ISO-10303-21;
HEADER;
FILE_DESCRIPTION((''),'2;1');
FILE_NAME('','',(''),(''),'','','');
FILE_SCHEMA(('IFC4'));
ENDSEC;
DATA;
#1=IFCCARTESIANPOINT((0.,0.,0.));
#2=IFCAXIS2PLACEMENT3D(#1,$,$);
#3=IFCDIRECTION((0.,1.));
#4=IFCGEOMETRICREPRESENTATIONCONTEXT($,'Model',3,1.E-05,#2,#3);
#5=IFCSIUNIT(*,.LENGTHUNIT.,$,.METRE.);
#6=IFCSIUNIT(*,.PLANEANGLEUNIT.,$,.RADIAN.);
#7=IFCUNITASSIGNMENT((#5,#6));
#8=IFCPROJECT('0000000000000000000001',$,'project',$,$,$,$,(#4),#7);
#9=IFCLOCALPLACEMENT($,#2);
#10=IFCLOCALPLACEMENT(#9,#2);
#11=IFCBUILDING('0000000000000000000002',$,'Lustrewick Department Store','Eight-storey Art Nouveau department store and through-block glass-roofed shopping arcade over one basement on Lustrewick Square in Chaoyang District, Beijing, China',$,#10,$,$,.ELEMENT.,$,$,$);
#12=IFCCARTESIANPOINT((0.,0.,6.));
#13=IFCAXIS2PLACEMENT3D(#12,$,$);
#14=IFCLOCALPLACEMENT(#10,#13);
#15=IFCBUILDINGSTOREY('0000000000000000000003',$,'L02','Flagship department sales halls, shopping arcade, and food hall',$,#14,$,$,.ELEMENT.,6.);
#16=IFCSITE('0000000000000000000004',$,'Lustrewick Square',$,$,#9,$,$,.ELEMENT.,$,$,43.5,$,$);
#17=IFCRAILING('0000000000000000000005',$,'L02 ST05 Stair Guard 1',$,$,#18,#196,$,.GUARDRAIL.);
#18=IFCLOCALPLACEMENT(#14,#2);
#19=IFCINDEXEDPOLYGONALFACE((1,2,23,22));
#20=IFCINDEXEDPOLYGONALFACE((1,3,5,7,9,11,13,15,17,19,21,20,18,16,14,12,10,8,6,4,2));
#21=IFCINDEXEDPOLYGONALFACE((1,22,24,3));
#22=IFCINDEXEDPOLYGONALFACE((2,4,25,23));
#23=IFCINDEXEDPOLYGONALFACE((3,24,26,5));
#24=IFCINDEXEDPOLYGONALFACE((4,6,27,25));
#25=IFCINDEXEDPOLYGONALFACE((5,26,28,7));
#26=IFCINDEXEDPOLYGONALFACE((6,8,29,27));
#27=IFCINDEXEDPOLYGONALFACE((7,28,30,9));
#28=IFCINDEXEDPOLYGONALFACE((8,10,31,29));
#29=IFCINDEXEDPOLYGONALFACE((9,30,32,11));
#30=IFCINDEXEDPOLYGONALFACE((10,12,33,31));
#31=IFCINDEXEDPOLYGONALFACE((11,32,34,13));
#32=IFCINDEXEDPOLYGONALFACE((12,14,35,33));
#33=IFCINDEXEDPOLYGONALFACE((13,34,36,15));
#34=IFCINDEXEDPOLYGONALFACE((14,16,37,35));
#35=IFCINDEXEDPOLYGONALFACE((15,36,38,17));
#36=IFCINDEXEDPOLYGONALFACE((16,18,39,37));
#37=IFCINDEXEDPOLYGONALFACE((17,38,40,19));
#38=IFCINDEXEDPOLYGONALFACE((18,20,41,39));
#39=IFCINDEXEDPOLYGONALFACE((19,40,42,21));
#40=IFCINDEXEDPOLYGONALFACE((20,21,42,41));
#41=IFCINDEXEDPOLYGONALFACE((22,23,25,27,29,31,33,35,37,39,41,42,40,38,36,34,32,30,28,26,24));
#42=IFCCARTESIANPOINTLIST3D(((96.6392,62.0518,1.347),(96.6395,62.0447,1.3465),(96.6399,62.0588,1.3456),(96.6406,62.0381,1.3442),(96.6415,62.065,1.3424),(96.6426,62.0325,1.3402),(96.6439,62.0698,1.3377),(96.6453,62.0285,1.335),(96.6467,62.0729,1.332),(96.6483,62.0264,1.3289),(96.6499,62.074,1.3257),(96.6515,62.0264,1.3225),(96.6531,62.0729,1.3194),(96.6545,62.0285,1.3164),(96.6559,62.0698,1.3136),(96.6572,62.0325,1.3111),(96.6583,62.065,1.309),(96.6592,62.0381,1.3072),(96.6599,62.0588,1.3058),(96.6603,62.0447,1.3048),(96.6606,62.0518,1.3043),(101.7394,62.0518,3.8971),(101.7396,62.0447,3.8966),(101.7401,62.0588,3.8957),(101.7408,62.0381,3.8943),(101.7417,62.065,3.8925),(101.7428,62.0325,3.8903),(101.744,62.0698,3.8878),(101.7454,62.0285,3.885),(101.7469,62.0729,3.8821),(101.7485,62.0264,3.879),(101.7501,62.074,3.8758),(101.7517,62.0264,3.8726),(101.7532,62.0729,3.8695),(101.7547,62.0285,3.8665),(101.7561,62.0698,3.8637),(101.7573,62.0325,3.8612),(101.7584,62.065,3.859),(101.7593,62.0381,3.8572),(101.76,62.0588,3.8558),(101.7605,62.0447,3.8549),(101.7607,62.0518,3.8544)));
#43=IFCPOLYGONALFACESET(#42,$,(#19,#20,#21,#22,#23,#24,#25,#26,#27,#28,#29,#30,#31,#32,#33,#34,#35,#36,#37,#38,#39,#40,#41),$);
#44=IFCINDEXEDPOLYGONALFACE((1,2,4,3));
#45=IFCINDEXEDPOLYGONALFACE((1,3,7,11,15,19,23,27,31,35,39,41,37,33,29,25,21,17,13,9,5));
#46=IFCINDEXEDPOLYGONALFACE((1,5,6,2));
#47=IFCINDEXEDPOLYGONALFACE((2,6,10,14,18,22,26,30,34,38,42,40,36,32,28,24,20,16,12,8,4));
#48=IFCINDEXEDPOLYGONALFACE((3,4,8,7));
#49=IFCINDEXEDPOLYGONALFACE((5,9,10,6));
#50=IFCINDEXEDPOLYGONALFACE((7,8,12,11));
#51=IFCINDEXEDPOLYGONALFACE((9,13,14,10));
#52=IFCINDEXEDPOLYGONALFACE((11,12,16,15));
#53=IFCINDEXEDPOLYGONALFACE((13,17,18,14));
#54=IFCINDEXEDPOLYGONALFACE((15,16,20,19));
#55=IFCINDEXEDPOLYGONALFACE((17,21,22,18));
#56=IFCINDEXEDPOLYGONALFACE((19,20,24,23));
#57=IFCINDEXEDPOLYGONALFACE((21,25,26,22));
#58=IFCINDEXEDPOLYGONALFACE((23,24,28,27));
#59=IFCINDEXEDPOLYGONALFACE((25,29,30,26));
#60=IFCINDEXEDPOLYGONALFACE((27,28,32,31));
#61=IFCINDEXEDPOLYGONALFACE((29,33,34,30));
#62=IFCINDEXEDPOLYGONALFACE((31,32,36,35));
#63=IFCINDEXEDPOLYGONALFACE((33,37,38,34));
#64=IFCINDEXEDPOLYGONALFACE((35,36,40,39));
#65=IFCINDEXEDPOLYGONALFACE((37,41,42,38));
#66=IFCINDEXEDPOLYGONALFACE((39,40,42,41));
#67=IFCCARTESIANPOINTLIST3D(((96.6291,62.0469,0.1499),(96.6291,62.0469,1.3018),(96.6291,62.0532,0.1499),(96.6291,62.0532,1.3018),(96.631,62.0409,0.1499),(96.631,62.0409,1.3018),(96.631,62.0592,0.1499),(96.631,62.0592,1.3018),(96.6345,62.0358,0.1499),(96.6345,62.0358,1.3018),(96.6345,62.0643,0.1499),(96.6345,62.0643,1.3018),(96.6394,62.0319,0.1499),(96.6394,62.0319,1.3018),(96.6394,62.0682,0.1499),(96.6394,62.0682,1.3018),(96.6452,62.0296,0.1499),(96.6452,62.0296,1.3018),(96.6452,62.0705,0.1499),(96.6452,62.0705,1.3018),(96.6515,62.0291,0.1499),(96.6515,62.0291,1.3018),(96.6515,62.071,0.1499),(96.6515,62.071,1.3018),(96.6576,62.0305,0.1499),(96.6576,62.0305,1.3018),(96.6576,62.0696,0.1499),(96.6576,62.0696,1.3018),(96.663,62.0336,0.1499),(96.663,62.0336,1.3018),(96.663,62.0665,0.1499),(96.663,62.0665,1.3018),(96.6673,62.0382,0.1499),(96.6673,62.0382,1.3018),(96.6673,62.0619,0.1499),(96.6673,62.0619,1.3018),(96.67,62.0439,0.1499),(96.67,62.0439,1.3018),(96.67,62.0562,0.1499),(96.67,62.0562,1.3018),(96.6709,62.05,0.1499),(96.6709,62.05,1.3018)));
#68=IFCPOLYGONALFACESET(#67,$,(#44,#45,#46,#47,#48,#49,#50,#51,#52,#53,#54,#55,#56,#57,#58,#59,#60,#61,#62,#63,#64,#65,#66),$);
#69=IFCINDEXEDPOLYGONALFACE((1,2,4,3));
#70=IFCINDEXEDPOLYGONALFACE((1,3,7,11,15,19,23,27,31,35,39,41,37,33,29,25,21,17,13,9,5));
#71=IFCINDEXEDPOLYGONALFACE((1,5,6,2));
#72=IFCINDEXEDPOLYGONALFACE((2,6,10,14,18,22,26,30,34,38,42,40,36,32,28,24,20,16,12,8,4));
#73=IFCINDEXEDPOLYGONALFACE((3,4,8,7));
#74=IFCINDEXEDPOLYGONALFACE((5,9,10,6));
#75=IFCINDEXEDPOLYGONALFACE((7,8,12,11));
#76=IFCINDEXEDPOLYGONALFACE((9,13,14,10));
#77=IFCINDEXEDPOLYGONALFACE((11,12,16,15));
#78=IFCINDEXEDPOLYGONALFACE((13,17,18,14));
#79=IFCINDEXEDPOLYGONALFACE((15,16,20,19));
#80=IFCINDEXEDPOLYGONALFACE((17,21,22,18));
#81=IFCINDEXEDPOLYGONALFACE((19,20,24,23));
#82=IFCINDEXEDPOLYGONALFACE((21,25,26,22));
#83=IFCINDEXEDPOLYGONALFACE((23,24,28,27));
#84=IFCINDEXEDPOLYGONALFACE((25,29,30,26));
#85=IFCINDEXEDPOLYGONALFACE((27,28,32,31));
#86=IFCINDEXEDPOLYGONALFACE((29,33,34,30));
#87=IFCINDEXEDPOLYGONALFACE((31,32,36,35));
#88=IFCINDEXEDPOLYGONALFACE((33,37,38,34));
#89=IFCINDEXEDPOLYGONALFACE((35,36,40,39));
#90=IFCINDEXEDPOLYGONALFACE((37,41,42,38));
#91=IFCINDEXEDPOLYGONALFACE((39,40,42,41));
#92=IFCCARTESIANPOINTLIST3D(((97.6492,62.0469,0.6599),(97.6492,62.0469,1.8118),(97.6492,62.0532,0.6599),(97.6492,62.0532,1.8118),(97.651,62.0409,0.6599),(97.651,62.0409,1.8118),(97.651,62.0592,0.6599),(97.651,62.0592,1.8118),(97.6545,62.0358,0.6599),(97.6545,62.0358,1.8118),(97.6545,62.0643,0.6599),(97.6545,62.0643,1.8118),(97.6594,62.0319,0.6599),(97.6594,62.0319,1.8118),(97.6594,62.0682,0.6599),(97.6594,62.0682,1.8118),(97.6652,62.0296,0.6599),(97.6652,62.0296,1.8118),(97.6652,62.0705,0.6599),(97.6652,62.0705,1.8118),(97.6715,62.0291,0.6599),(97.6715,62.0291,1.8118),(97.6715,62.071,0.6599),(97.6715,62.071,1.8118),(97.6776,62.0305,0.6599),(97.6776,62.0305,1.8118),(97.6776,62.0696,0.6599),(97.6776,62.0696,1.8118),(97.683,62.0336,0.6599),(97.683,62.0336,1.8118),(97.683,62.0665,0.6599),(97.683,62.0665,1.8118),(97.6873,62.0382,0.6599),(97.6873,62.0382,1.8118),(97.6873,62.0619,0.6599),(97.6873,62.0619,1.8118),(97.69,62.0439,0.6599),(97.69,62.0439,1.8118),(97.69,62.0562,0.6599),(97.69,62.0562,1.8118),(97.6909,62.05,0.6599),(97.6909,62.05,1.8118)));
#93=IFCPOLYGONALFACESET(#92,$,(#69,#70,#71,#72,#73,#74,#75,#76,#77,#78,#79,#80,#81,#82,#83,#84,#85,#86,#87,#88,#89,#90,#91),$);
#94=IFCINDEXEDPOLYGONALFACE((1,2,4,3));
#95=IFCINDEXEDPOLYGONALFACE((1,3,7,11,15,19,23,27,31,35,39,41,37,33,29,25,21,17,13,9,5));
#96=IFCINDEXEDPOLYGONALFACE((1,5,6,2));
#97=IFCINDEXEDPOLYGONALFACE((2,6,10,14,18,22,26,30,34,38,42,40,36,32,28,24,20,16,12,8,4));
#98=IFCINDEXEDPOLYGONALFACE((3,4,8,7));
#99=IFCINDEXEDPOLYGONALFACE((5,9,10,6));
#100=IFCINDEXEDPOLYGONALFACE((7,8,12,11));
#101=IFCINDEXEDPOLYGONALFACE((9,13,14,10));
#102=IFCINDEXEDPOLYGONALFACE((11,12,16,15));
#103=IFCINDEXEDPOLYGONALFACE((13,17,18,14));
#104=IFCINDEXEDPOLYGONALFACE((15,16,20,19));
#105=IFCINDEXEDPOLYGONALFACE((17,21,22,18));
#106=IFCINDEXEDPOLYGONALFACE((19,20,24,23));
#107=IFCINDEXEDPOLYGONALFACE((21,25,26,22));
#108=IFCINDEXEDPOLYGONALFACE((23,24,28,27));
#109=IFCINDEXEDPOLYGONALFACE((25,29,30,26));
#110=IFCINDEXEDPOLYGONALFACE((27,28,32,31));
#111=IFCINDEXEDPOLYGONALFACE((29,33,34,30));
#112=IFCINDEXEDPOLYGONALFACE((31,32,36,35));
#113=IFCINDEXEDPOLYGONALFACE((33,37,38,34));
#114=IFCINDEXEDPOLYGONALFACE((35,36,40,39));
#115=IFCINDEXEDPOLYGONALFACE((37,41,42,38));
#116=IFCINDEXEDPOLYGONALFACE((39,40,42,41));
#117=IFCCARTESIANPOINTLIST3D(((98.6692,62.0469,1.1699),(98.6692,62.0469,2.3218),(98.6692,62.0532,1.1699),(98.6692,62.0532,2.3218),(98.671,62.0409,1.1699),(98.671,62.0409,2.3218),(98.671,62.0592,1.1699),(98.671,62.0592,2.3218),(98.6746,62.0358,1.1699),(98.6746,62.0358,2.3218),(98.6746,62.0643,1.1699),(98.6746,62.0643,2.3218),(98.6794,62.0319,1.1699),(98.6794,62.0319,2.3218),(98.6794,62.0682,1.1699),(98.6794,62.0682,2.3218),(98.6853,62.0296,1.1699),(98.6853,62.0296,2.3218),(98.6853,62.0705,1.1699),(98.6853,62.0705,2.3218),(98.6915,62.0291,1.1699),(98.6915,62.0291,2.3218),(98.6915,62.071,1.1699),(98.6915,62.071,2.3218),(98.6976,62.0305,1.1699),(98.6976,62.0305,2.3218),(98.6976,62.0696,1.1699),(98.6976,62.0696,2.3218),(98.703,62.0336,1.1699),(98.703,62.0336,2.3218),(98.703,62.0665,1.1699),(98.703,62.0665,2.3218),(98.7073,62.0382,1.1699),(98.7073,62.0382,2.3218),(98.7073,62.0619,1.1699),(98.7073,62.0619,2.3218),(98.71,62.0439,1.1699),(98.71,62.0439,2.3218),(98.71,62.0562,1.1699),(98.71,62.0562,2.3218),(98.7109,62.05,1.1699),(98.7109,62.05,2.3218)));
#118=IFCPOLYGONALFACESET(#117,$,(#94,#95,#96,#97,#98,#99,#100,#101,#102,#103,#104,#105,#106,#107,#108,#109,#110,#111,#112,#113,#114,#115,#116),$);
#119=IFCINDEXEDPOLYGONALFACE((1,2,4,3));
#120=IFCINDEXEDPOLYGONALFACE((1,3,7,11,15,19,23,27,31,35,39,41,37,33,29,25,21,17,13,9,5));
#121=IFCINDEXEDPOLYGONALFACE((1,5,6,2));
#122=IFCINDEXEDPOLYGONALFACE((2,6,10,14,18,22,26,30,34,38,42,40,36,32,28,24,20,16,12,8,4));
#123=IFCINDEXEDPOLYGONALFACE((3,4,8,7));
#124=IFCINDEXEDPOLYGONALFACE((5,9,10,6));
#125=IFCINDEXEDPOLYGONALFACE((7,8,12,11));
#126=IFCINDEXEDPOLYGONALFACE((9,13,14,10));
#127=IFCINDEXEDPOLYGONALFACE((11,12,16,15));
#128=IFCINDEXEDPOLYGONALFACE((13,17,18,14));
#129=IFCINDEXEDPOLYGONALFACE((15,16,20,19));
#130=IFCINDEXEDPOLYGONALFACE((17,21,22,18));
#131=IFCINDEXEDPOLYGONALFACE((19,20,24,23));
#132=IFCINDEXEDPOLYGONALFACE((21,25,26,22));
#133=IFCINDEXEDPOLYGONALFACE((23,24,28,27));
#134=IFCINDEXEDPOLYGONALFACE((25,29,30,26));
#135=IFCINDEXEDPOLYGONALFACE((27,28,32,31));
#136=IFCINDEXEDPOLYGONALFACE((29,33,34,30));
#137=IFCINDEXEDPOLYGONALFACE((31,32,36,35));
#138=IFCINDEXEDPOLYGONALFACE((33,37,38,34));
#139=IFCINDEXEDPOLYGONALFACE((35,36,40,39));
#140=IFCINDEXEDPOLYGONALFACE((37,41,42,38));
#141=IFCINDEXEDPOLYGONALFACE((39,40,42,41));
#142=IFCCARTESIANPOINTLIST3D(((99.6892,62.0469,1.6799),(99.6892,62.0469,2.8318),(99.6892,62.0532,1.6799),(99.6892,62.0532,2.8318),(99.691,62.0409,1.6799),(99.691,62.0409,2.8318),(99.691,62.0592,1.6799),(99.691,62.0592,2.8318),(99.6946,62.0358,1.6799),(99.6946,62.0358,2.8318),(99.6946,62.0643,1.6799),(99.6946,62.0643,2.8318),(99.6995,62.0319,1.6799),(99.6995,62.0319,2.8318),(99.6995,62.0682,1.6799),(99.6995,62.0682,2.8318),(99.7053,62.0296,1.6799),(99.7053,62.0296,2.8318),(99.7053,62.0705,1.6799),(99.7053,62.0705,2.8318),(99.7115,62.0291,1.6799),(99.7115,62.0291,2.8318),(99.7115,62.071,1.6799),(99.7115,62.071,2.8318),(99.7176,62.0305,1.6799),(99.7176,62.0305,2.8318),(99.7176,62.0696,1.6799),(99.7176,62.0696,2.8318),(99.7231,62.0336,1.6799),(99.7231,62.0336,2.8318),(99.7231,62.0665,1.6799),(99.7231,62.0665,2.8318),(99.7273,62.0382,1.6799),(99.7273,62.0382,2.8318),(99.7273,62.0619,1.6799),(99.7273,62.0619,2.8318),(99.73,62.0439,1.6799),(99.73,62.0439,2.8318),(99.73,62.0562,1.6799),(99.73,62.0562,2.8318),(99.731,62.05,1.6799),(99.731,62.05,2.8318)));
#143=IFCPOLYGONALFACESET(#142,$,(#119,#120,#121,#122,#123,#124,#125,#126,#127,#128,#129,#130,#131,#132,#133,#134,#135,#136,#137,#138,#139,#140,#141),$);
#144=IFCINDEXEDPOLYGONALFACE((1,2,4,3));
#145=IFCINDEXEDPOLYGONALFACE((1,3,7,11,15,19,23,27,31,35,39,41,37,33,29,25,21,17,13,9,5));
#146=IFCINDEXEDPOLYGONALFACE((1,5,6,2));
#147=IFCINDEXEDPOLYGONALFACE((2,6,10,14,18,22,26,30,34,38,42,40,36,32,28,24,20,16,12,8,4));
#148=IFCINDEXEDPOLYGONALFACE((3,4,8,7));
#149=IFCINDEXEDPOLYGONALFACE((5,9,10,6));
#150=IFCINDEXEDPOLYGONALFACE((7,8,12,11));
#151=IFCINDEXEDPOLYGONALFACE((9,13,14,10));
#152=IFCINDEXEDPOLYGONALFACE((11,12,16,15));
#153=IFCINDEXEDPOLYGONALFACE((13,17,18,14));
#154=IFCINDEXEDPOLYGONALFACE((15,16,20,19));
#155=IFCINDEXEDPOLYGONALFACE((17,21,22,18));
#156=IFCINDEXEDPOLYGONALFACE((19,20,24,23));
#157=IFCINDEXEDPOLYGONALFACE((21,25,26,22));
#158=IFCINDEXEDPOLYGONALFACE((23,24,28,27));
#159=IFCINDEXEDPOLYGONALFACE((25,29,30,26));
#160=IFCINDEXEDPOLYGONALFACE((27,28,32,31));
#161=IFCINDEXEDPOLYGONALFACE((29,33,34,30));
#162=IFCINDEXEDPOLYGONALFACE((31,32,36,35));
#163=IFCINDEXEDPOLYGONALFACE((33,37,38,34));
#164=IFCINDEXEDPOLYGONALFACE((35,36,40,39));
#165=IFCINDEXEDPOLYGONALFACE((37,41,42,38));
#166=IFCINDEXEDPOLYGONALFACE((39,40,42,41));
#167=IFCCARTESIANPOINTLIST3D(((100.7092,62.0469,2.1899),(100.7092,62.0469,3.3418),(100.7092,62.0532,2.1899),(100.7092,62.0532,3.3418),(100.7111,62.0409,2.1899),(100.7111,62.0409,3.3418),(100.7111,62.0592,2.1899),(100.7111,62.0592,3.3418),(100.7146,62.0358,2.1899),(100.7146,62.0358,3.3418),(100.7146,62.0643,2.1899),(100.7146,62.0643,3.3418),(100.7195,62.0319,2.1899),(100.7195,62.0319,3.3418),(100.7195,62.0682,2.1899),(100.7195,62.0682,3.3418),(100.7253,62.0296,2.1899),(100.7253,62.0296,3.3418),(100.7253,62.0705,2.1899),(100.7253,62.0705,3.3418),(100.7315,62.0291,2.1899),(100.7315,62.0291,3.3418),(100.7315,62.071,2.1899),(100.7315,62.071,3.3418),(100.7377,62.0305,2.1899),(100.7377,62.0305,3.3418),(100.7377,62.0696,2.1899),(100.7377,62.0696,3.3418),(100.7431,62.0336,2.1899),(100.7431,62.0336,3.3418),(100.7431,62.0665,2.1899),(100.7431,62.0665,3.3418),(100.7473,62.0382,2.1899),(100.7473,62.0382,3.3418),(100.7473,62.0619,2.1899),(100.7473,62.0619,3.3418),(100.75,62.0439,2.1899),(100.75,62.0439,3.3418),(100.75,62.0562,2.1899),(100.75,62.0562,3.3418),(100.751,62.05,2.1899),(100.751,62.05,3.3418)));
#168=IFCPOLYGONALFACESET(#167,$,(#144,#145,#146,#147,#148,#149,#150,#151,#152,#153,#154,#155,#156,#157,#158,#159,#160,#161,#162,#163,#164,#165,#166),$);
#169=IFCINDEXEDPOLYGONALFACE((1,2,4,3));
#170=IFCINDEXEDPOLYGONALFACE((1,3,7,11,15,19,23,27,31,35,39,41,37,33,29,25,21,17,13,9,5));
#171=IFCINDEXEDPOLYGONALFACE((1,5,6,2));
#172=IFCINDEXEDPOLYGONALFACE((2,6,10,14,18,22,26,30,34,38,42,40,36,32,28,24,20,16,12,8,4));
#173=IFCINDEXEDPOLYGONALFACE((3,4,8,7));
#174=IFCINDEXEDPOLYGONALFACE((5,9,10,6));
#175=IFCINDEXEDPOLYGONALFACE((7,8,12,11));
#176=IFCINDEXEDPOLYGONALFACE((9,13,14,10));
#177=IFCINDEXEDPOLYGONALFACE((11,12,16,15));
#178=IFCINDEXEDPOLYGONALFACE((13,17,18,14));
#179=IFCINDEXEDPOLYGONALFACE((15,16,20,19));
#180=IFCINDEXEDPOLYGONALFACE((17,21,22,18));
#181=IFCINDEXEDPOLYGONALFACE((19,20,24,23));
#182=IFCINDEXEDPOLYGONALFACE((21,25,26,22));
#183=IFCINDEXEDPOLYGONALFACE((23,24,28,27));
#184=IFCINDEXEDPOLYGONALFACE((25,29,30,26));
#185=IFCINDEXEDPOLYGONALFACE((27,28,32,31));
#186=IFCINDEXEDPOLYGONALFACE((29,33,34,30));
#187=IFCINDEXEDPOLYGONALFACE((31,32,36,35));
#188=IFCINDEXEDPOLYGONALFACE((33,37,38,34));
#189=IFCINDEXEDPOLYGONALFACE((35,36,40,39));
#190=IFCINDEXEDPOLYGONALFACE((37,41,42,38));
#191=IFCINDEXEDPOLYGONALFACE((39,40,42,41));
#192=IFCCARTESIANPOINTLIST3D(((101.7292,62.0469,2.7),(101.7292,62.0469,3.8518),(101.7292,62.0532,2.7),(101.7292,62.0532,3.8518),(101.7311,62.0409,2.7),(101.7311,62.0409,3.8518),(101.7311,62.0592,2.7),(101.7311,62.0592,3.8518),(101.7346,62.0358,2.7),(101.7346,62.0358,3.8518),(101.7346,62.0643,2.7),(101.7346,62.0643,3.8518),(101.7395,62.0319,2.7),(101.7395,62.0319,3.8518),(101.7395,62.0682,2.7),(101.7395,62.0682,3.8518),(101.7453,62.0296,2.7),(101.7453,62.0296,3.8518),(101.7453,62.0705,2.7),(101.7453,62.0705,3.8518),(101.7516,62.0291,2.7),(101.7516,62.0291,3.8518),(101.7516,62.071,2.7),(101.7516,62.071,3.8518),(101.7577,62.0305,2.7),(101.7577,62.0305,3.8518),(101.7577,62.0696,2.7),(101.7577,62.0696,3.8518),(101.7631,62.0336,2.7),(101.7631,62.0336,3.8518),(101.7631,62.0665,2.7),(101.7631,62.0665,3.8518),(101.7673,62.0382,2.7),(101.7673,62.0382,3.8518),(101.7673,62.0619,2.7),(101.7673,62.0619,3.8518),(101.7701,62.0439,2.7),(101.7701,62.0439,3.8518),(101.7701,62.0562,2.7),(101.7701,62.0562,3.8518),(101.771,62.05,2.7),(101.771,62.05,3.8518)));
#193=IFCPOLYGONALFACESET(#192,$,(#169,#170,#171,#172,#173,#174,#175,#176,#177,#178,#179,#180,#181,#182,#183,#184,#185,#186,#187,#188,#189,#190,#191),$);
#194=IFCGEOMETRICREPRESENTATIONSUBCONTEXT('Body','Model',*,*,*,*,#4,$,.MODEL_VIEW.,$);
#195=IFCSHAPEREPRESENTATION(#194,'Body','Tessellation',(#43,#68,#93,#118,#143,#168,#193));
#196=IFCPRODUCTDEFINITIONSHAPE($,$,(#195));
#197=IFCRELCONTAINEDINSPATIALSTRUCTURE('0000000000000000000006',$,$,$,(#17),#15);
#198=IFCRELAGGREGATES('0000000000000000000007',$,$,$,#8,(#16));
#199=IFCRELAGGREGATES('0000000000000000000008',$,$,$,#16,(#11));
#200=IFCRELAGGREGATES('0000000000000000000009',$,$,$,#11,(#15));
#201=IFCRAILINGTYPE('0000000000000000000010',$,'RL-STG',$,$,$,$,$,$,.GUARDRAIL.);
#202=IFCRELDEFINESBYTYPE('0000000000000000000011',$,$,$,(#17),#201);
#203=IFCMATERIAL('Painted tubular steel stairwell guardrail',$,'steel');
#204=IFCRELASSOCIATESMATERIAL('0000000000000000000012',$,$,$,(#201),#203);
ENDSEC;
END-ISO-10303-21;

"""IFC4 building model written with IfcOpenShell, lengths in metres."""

from ifc_helpers import new_model, si_unit, direction, frame, origin, origin_2d, place, context, subcontext, project, spatial, circle, extrude, material, type_object, element, save


model = new_model("IFC4")

# Units and contexts
model_context = context("Model", 3, precision=1e-05, world=origin(), true_north=direction((0.0, 1.0)))
body_context = subcontext(model_context, "Body", "Model", "MODEL_VIEW")
ifc_project = project(units=[si_unit("LENGTHUNIT", "METRE"), si_unit("PLANEANGLEUNIT", "RADIAN")], contexts=[model_context])

# Site, building, storey
site_placement = place(None, origin())
site = spatial("IfcSite", under=ifc_project, at=site_placement, Name="Lustrewick Square", CompositionType="ELEMENT", RefElevation=43.5)
building_placement = place(site_placement, origin())
building = spatial("IfcBuilding", under=site, at=building_placement, Name="Lustrewick Department Store", Description="Eight-storey Art Nouveau department store and through-block glass-roofed shopping arcade over one basement on Lustrewick Square in Chaoyang District, Beijing, China", CompositionType="ELEMENT")
storey_placement = place(building_placement, frame((0.0, 0.0, 6.0)))
storey = spatial("IfcBuildingStorey", under=building, at=storey_placement, Name="L02", Description="Flagship department sales halls, shopping arcade, and food hall", CompositionType="ELEMENT", Elevation=6.0)

# Railing
ifc_material_1 = material(Name="Painted tubular steel stairwell guardrail", Category="steel")
railing_type_1 = type_object("IfcRailingType", Name="RL-STG", PredefinedType="GUARDRAIL", material=ifc_material_1)
railing_1_placement = place(storey_placement, frame((96.6499, 62.05, 0.1499)))
element("IfcRailing", 1, at=railing_1_placement, inside=storey, type_object=railing_type_1, Name="L02 ST05 Stair Guard 1", PredefinedType="GUARDRAIL", context=body_context, shape_type="SweptSolid", body=[
    extrude(circle(Radius=0.0239, at=origin_2d()), frame((0.0, 0.0, 1.1758), z_axis=(0.894427, 0.0, 0.447214), x_axis=(0.0, 1.0, 0.0)), (0.0, 0.0, 1.0), 5.7021),
    extrude(circle(Radius=0.021, at=origin_2d()), origin(), (0.0, 0.0, 1.0), 1.1519),
    extrude(circle(Radius=0.021, at=origin_2d()), frame((1.02, 0.0, 0.51)), (0.0, 0.0, 1.0), 1.1519),
    extrude(circle(Radius=0.021, at=origin_2d()), frame((2.04, 0.0, 1.02)), (0.0, 0.0, 1.0), 1.1519),
    extrude(circle(Radius=0.021, at=origin_2d()), frame((3.0601, 0.0, 1.53)), (0.0, 0.0, 1.0), 1.1519),
    extrude(circle(Radius=0.021, at=origin_2d()), frame((4.0801, 0.0, 2.04)), (0.0, 0.0, 1.0), 1.1519),
    extrude(circle(Radius=0.021, at=origin_2d()), frame((5.1001, 0.0, 2.55)), (0.0, 0.0, 1.0), 1.1519),
])

save(model, "model.ifc")
